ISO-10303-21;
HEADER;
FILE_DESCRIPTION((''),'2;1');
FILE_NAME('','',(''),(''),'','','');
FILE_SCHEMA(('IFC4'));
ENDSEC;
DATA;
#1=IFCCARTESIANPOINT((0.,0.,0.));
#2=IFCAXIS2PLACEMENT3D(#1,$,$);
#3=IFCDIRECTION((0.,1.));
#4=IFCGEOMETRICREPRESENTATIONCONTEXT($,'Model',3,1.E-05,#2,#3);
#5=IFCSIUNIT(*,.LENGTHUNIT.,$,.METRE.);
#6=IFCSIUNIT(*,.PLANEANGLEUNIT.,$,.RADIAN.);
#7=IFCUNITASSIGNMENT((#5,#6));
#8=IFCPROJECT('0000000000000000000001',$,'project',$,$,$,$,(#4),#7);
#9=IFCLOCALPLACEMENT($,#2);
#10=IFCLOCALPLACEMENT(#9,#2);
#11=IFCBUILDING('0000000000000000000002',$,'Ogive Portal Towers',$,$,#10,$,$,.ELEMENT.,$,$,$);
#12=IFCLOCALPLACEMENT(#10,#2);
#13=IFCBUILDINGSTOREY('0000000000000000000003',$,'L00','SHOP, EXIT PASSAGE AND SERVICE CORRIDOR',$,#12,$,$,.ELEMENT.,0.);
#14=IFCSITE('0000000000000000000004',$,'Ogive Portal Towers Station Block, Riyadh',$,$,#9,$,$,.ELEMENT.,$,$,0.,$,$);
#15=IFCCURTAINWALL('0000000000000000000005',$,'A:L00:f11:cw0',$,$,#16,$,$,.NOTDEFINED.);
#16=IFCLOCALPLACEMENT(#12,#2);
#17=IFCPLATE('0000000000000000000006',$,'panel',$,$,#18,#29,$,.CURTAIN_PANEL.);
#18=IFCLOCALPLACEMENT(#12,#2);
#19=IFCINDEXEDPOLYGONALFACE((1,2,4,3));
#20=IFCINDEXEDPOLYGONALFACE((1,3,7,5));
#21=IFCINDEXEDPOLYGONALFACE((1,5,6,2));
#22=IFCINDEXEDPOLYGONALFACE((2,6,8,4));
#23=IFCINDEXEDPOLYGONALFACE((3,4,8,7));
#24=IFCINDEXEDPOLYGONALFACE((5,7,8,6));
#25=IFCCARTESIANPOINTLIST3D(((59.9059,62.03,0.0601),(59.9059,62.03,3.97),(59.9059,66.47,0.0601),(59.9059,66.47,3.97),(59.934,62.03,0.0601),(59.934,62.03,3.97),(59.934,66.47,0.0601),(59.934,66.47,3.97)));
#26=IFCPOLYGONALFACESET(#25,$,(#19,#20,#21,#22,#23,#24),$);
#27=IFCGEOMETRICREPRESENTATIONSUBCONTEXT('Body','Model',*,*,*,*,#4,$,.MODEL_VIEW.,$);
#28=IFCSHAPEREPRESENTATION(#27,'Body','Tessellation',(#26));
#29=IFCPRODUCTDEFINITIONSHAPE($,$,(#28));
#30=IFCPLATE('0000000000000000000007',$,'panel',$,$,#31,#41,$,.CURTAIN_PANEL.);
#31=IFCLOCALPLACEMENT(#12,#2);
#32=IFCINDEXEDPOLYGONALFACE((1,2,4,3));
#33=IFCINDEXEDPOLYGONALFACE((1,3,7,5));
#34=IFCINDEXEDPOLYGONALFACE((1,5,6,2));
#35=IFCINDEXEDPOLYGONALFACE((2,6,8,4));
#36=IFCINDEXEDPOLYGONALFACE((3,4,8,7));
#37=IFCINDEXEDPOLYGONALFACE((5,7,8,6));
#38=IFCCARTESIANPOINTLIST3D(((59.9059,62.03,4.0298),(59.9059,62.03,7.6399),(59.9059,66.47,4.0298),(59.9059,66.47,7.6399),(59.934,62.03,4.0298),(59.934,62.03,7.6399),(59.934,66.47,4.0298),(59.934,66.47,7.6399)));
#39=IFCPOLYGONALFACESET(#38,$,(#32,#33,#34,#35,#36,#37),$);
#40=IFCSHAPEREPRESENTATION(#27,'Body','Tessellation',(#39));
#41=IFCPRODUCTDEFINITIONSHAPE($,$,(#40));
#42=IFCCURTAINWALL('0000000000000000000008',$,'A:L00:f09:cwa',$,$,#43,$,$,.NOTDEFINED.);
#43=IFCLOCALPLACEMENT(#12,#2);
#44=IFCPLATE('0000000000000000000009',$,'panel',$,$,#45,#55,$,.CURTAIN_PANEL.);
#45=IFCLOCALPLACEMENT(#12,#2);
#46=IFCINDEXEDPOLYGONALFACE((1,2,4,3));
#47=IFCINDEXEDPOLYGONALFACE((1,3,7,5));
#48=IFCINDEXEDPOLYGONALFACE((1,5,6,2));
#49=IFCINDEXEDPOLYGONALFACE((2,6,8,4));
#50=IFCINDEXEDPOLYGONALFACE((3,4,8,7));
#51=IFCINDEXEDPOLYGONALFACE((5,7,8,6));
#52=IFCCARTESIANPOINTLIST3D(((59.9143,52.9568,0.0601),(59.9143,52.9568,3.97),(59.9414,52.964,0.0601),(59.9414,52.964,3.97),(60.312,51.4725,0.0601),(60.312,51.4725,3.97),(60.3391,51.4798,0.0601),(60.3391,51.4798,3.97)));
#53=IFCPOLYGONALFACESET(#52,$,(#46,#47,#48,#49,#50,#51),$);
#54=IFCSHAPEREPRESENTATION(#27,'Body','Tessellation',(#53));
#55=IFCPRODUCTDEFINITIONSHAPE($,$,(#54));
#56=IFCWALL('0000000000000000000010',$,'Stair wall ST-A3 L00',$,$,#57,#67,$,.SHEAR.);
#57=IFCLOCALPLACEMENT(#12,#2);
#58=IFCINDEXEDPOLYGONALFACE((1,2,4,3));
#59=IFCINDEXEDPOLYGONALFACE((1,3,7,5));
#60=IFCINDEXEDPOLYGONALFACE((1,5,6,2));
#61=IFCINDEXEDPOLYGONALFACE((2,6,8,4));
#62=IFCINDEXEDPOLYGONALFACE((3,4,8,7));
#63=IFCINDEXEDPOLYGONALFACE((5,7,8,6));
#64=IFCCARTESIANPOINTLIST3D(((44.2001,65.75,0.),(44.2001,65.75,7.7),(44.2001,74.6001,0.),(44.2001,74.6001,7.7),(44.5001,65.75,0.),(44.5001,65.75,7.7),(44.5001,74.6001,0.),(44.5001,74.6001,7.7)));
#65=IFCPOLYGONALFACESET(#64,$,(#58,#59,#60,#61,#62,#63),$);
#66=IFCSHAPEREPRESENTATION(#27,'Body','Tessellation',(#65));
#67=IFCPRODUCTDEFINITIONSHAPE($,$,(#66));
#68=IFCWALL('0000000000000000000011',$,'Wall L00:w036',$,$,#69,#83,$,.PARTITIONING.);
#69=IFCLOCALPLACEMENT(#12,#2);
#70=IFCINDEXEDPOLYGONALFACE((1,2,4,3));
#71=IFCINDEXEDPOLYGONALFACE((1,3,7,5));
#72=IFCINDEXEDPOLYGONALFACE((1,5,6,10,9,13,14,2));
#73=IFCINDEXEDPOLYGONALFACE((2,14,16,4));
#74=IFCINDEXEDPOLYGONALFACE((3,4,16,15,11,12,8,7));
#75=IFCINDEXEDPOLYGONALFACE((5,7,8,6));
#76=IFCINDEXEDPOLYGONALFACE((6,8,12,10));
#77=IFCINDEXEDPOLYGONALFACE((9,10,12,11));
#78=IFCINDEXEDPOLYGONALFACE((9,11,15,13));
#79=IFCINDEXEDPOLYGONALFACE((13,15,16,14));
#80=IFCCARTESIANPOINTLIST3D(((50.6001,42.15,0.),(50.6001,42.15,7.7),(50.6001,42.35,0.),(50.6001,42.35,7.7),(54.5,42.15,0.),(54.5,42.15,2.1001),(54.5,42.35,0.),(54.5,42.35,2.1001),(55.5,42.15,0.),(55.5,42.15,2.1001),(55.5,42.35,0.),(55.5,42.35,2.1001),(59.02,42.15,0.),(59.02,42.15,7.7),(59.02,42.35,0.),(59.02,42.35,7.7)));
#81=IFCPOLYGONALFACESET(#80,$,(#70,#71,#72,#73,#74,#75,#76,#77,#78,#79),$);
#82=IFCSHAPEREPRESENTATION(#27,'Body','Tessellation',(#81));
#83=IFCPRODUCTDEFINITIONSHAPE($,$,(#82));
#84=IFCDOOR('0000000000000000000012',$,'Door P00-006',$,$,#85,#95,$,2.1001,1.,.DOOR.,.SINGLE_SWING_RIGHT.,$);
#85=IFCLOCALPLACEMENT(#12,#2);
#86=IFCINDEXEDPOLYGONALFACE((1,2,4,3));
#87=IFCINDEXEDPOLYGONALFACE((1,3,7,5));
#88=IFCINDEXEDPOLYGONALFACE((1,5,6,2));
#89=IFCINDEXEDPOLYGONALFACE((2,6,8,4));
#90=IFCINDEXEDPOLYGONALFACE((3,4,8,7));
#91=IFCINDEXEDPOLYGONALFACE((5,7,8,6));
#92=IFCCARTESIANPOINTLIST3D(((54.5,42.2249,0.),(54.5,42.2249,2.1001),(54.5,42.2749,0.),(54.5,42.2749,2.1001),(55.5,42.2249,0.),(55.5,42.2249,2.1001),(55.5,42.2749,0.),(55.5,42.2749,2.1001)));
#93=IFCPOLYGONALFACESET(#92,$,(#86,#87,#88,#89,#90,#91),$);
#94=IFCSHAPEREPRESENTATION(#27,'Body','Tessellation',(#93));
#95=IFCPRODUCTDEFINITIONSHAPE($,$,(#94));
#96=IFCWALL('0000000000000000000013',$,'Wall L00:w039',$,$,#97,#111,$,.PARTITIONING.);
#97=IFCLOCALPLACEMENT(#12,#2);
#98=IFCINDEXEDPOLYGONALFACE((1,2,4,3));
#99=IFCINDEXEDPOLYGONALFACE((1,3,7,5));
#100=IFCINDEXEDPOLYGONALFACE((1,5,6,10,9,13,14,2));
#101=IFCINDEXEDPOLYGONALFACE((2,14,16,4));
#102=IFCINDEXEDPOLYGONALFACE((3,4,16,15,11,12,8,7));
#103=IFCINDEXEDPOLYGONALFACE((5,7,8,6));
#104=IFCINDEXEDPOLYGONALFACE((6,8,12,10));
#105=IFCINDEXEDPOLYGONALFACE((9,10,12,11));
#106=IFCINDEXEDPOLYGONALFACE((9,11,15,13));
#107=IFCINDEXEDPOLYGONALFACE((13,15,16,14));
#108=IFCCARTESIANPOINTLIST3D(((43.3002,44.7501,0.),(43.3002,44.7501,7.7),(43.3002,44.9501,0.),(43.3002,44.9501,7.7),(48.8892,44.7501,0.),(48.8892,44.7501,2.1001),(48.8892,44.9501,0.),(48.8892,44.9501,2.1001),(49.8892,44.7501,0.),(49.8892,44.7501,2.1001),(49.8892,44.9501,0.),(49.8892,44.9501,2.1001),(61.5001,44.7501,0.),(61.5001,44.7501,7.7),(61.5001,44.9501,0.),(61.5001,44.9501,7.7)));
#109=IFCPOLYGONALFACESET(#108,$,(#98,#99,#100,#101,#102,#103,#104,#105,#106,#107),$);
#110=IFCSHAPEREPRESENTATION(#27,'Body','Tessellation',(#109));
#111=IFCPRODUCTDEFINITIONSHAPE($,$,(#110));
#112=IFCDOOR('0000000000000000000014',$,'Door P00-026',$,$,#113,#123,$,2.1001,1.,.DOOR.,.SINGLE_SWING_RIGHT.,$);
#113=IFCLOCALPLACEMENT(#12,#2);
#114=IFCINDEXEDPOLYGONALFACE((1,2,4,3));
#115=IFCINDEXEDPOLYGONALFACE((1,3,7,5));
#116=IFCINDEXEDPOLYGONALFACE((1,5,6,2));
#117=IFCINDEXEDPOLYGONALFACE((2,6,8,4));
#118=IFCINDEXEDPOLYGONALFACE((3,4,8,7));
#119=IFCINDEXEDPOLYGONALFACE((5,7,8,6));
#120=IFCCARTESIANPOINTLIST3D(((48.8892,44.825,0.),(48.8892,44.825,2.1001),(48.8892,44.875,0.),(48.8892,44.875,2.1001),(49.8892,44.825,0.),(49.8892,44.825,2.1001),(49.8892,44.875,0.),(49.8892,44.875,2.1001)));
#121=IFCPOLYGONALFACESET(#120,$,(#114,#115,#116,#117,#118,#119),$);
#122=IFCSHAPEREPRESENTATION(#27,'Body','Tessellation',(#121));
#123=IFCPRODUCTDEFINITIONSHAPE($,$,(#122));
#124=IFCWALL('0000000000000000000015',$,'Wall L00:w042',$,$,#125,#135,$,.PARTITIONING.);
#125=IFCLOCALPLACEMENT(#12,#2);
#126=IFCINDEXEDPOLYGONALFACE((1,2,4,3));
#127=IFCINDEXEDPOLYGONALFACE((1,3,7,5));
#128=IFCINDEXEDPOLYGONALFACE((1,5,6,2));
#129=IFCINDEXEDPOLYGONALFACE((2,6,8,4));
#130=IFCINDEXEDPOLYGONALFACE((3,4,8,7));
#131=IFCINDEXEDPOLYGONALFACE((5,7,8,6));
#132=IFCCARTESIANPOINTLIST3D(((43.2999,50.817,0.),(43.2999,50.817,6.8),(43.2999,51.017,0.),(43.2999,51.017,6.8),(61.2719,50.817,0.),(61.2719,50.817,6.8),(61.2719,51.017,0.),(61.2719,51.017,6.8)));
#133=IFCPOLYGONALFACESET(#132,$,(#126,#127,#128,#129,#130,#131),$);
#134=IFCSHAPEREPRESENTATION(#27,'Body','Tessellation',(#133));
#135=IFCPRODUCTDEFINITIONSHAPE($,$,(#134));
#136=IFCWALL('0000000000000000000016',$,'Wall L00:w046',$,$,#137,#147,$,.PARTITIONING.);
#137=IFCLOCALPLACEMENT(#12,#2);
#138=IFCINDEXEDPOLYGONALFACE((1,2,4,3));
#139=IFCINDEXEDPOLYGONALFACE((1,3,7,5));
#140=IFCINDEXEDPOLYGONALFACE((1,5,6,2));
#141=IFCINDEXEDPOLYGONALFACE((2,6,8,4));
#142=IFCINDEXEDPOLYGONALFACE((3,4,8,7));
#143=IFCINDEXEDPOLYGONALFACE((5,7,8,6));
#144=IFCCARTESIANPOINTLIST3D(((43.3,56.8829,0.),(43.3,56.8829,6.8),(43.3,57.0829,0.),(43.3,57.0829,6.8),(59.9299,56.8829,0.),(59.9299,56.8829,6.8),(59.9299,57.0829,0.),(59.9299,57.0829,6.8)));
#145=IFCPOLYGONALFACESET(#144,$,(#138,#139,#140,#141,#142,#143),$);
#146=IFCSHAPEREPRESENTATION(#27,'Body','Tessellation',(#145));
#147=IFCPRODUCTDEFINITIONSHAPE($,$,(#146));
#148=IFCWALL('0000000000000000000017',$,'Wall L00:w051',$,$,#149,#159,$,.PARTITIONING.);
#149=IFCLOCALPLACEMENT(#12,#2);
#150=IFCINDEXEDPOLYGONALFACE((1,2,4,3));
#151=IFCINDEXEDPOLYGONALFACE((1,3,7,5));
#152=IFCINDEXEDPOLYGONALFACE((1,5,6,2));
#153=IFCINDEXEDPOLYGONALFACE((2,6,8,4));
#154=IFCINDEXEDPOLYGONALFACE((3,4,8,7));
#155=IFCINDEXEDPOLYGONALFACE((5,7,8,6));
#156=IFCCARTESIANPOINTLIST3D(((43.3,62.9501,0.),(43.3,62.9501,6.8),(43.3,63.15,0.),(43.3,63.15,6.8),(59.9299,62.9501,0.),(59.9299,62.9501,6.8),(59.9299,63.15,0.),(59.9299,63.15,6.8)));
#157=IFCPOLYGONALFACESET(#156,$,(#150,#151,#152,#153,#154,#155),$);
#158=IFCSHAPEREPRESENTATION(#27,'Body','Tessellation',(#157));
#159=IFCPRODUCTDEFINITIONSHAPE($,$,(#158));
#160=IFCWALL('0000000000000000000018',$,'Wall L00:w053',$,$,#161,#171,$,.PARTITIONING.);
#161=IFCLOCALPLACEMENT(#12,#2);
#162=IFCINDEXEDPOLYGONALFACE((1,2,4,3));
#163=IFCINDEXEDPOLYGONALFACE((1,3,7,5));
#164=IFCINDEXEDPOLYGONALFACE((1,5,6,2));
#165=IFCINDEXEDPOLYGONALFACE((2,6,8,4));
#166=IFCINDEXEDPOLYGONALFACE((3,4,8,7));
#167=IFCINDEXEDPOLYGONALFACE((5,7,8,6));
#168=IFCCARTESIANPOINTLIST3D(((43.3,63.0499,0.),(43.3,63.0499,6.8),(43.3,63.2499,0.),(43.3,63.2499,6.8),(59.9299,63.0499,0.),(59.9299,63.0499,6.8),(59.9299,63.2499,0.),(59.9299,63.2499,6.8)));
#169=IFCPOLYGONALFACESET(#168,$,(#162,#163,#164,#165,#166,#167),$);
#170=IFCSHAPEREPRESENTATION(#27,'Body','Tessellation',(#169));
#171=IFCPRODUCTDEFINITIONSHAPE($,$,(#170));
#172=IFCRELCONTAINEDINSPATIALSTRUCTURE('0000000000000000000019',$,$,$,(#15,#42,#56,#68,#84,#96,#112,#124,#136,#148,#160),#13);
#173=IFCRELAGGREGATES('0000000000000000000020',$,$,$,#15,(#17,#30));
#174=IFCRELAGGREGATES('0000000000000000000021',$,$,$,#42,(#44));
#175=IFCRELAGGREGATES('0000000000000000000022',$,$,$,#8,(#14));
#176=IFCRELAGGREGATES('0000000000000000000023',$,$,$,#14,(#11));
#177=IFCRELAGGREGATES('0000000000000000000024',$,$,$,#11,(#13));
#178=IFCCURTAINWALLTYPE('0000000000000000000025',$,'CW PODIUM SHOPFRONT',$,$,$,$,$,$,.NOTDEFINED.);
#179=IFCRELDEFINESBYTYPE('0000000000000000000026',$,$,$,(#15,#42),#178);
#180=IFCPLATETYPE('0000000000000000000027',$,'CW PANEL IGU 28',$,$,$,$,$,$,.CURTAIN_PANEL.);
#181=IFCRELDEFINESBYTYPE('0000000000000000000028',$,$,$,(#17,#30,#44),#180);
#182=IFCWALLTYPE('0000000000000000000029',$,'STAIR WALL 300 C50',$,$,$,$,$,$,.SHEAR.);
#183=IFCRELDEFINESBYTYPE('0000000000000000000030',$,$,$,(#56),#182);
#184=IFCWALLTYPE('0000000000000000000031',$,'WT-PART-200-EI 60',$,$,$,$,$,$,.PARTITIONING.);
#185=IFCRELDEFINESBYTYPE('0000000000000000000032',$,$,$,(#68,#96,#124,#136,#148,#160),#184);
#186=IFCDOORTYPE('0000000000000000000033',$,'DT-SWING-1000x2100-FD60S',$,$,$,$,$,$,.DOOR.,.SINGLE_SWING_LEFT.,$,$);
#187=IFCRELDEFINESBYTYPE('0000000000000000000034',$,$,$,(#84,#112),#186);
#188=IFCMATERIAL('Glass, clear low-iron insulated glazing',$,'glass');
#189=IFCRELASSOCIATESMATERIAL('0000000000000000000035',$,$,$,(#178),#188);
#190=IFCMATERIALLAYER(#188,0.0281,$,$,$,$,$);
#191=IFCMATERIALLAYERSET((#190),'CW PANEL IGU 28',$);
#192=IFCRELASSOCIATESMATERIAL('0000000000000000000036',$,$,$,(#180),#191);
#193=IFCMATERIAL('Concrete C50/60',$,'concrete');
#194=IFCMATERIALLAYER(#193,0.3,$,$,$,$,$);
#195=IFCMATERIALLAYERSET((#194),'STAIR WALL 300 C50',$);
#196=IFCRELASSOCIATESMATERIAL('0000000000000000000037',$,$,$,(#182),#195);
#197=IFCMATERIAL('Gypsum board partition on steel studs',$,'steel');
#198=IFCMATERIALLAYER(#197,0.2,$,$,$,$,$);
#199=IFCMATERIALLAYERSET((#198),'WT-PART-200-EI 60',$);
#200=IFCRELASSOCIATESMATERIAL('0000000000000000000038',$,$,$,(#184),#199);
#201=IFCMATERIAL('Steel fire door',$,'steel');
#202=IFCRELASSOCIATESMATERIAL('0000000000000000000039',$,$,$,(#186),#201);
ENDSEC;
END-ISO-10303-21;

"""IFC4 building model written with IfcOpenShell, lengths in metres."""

from ifc_helpers import new_model, si_unit, direction, frame, frame_2d, origin, origin_2d, place, context, subcontext, project, spatial, rectangle, extrude, material, layer, layer_set, type_object, element, fill, aggregate, save


model = new_model("IFC4")

# Units and contexts
model_context = context("Model", 3, precision=1e-05, world=origin(), true_north=direction((0.0, 1.0)))
body_context = subcontext(model_context, "Body", "Model", "MODEL_VIEW")
ifc_project = project(units=[si_unit("LENGTHUNIT", "METRE"), si_unit("PLANEANGLEUNIT", "RADIAN")], contexts=[model_context])

# Site, building, storey
site_placement = place(None, origin())
site = spatial("IfcSite", under=ifc_project, at=site_placement, Name="Ogive Portal Towers Station Block, Riyadh", CompositionType="ELEMENT", RefElevation=0.0)
building_placement = place(site_placement, origin())
building = spatial("IfcBuilding", under=site, at=building_placement, Name="Ogive Portal Towers", CompositionType="ELEMENT")
storey_placement = place(building_placement, origin())
storey = spatial("IfcBuildingStorey", under=building, at=storey_placement, Name="L00", Description="SHOP, EXIT PASSAGE AND SERVICE CORRIDOR", CompositionType="ELEMENT", Elevation=0.0)

# Shared definitions
ifc_material_1 = material(Name="Concrete C50/60", Category="concrete")

# Curtain wall, plates
ifc_material_2 = material(Name="Glass, clear low-iron insulated glazing", Category="glass")
curtain_wall_type = type_object("IfcCurtainWallType", Name="CW PODIUM SHOPFRONT", PredefinedType="NOTDEFINED", material=ifc_material_2)
curtain_wall_1_placement = place(storey_placement, origin())
curtain_wall_1 = element("IfcCurtainWall", 1, at=curtain_wall_1_placement, inside=storey, type_object=curtain_wall_type, Name="A:L00:f11:cw0", PredefinedType="NOTDEFINED")
ifc_layer_1 = layer(ifc_material_2, 0.0281)
ifc_layer_set_1 = layer_set([ifc_layer_1], Name="CW PANEL IGU 28")
plate_type = type_object("IfcPlateType", Name="CW PANEL IGU 28", PredefinedType="CURTAIN_PANEL", material=ifc_layer_set_1)
plate_1_placement = place(storey_placement, frame((59.9199, 64.25, 0.0601), z_axis=(0.0, 0.0, 1.0), x_axis=(0.0, 1.0, 0.0)))
plate_1 = element("IfcPlate", 2, at=plate_1_placement, type_object=plate_type, Name="panel", PredefinedType="CURTAIN_PANEL", context=body_context, shape_type="SweptSolid", body=[
    extrude(rectangle(XDim=4.4399, YDim=0.0281, at=origin_2d()), origin(), (0.0, 0.0, 1.0), 3.9099),
])
plate_2_placement = place(storey_placement, frame((59.9199, 64.25, 4.0298), z_axis=(0.0, 0.0, 1.0), x_axis=(0.0, 1.0, 0.0)))
plate_2 = element("IfcPlate", 3, at=plate_2_placement, type_object=plate_type, Name="panel", PredefinedType="CURTAIN_PANEL", context=body_context, shape_type="SweptSolid", body=[
    extrude(rectangle(XDim=4.4399, YDim=0.0281, at=origin_2d()), origin(), (0.0, 0.0, 1.0), 3.6101),
])
aggregate(curtain_wall_1, [plate_1, plate_2])

# Curtain wall, plate
curtain_wall_2_placement = place(storey_placement, origin())
curtain_wall_2 = element("IfcCurtainWall", 4, at=curtain_wall_2_placement, inside=storey, type_object=curtain_wall_type, Name="A:L00:f09:cwa", PredefinedType="NOTDEFINED")
plate_3_placement = place(storey_placement, frame((60.1267, 52.2183, 0.0601), z_axis=(0.0, 0.0, 1.0), x_axis=(-0.258819, 0.965926, 0.0)))
plate_3 = element("IfcPlate", 5, at=plate_3_placement, type_object=plate_type, Name="panel", PredefinedType="CURTAIN_PANEL", context=body_context, shape_type="SweptSolid", body=[
    extrude(rectangle(XDim=1.5366, YDim=0.0281, at=origin_2d()), origin(), (0.0, 0.0, 1.0), 3.9099),
])
aggregate(curtain_wall_2, [plate_3])

# Wall
ifc_layer_2 = layer(ifc_material_1, 0.3)
ifc_layer_set_2 = layer_set([ifc_layer_2], Name="STAIR WALL 300 C50")
wall_type_1 = type_object("IfcWallType", Name="STAIR WALL 300 C50", PredefinedType="SHEAR", material=ifc_layer_set_2)
wall_1_placement = place(storey_placement, frame((44.3501, 65.75, 0.0), z_axis=(0.0, 0.0, 1.0), x_axis=(0.0, 1.0, 0.0)))
element("IfcWall", 6, at=wall_1_placement, inside=storey, type_object=wall_type_1, Name="Stair wall ST-A3 L00", PredefinedType="SHEAR", context=body_context, shape_type="SweptSolid", body=[
    extrude(rectangle(XDim=8.8501, YDim=0.3, at=frame_2d((4.425, 0.0))), origin(), (0.0, 0.0, 1.0), 7.7),
])

# Walls, openings, doors
ifc_material_3 = material(Name="Gypsum board partition on steel studs", Category="steel")
ifc_layer_3 = layer(ifc_material_3, 0.2)
ifc_layer_set_3 = layer_set([ifc_layer_3], Name="WT-PART-200-EI 60")
wall_type_2 = type_object("IfcWallType", Name="WT-PART-200-EI 60", PredefinedType="PARTITIONING", material=ifc_layer_set_3)
wall_2_placement = place(storey_placement, frame((50.6001, 42.25, 0.0), z_axis=(0.0, 0.0, 1.0), x_axis=(1.0, 0.0, 0.0)))
wall_2 = element("IfcWall", 7, at=wall_2_placement, inside=storey, type_object=wall_type_2, Name="Wall L00:w036", PredefinedType="PARTITIONING", context=body_context, shape_type="SweptSolid", body=[
    extrude(rectangle(XDim=8.4199, YDim=0.2, at=frame_2d((4.21, 0.0))), origin(), (0.0, 0.0, 1.0), 7.7),
])
opening_1_placement = place(wall_2_placement, frame((3.8999, 0.0, 0.0)))
opening_1 = element("IfcOpeningElement", 8, at=opening_1_placement, cuts=wall_2, PredefinedType="OPENING", context=body_context, shape_type="SweptSolid", body=[
    extrude(rectangle(XDim=1.0, YDim=2.1001, at=frame_2d((0.5, 1.05))), frame((0.0, 0.1099, 0.0), z_axis=(0.0, -1.0, 0.0), x_axis=(1.0, 0.0, 0.0)), (0.0, 0.0, 1.0), 0.22),
])
ifc_material_4 = material(Name="Steel fire door", Category="steel")
door_type = type_object("IfcDoorType", Name="DT-SWING-1000x2100-FD60S", OperationType="SINGLE_SWING_LEFT", PredefinedType="DOOR", material=ifc_material_4)
door_1_placement = place(opening_1_placement, origin())
door_1 = element("IfcDoor", 9, at=door_1_placement, inside=storey, type_object=door_type, Name="Door P00-006", OperationType="SINGLE_SWING_RIGHT", OverallHeight=2.1001, OverallWidth=1.0, PredefinedType="DOOR", context=body_context, shape_type="SweptSolid", body=[
    extrude(rectangle(XDim=1.0, YDim=2.1001, at=frame_2d((0.5, 1.05))), frame((0.0, 0.0249, 0.0), z_axis=(0.0, -1.0, 0.0), x_axis=(1.0, 0.0, 0.0)), (0.0, 0.0, 1.0), 0.05),
])
fill(opening_1, door_1)
wall_3_placement = place(storey_placement, frame((43.3, 44.8501, 0.0), z_axis=(0.0, 0.0, 1.0), x_axis=(1.0, 0.0, 0.0)))
wall_3 = element("IfcWall", 10, at=wall_3_placement, inside=storey, type_object=wall_type_2, Name="Wall L00:w039", PredefinedType="PARTITIONING", context=body_context, shape_type="SweptSolid", body=[
    extrude(rectangle(XDim=18.2, YDim=0.2, at=frame_2d((9.1001, 0.0))), origin(), (0.0, 0.0, 1.0), 7.7),
])
opening_2_placement = place(wall_3_placement, frame((5.5891, 0.0, 0.0)))
opening_2 = element("IfcOpeningElement", 11, at=opening_2_placement, cuts=wall_3, PredefinedType="OPENING", context=body_context, shape_type="SweptSolid", body=[
    extrude(rectangle(XDim=1.0, YDim=2.1001, at=frame_2d((0.5, 1.05))), frame((0.0, 0.1099, 0.0), z_axis=(0.0, -1.0, 0.0), x_axis=(1.0, 0.0, 0.0)), (0.0, 0.0, 1.0), 0.22),
])
door_2_placement = place(opening_2_placement, origin())
door_2 = element("IfcDoor", 12, at=door_2_placement, inside=storey, type_object=door_type, Name="Door P00-026", OperationType="SINGLE_SWING_RIGHT", OverallHeight=2.1001, OverallWidth=1.0, PredefinedType="DOOR", context=body_context, shape_type="SweptSolid", body=[
    extrude(rectangle(XDim=1.0, YDim=2.1001, at=frame_2d((0.5, 1.05))), frame((0.0, 0.0249, 0.0), z_axis=(0.0, -1.0, 0.0), x_axis=(1.0, 0.0, 0.0)), (0.0, 0.0, 1.0), 0.05),
])
fill(opening_2, door_2)

# Walls
wall_4_placement = place(storey_placement, frame((43.3, 50.917, 0.0), z_axis=(0.0, 0.0, 1.0), x_axis=(1.0, 0.0, 0.0)))
element("IfcWall", 13, at=wall_4_placement, inside=storey, type_object=wall_type_2, Name="Wall L00:w042", PredefinedType="PARTITIONING", context=body_context, shape_type="SweptSolid", body=[
    extrude(rectangle(XDim=17.9719, YDim=0.2, at=frame_2d((8.9858, 0.0))), origin(), (0.0, 0.0, 1.0), 6.8),
])
for number, where, z_axis, x_axis, name in (
    (14, (43.3, 56.9829, 0.0), (0.0, 0.0, 1.0), (1.0, 0.0, 0.0), "Wall L00:w046"),
    (15, (43.3, 63.05, 0.0), (0.0, 0.0, 1.0), (1.0, 0.0, 0.0), "Wall L00:w051"),
    (16, (43.3, 63.1499, 0.0), (0.0, 0.0, 1.0), (1.0, 0.0, 0.0), "Wall L00:w053"),
):
    element("IfcWall", number, at=place(storey_placement, frame(where, z_axis=z_axis, x_axis=x_axis)), inside=storey, type_object=wall_type_2, Name=name, PredefinedType="PARTITIONING", context=body_context, shape_type="SweptSolid", body=[
        extrude(rectangle(XDim=16.6299, YDim=0.2, at=frame_2d((8.3149, 0.0))), origin(), (0.0, 0.0, 1.0), 6.8),
    ])

save(model, "model.ifc")
